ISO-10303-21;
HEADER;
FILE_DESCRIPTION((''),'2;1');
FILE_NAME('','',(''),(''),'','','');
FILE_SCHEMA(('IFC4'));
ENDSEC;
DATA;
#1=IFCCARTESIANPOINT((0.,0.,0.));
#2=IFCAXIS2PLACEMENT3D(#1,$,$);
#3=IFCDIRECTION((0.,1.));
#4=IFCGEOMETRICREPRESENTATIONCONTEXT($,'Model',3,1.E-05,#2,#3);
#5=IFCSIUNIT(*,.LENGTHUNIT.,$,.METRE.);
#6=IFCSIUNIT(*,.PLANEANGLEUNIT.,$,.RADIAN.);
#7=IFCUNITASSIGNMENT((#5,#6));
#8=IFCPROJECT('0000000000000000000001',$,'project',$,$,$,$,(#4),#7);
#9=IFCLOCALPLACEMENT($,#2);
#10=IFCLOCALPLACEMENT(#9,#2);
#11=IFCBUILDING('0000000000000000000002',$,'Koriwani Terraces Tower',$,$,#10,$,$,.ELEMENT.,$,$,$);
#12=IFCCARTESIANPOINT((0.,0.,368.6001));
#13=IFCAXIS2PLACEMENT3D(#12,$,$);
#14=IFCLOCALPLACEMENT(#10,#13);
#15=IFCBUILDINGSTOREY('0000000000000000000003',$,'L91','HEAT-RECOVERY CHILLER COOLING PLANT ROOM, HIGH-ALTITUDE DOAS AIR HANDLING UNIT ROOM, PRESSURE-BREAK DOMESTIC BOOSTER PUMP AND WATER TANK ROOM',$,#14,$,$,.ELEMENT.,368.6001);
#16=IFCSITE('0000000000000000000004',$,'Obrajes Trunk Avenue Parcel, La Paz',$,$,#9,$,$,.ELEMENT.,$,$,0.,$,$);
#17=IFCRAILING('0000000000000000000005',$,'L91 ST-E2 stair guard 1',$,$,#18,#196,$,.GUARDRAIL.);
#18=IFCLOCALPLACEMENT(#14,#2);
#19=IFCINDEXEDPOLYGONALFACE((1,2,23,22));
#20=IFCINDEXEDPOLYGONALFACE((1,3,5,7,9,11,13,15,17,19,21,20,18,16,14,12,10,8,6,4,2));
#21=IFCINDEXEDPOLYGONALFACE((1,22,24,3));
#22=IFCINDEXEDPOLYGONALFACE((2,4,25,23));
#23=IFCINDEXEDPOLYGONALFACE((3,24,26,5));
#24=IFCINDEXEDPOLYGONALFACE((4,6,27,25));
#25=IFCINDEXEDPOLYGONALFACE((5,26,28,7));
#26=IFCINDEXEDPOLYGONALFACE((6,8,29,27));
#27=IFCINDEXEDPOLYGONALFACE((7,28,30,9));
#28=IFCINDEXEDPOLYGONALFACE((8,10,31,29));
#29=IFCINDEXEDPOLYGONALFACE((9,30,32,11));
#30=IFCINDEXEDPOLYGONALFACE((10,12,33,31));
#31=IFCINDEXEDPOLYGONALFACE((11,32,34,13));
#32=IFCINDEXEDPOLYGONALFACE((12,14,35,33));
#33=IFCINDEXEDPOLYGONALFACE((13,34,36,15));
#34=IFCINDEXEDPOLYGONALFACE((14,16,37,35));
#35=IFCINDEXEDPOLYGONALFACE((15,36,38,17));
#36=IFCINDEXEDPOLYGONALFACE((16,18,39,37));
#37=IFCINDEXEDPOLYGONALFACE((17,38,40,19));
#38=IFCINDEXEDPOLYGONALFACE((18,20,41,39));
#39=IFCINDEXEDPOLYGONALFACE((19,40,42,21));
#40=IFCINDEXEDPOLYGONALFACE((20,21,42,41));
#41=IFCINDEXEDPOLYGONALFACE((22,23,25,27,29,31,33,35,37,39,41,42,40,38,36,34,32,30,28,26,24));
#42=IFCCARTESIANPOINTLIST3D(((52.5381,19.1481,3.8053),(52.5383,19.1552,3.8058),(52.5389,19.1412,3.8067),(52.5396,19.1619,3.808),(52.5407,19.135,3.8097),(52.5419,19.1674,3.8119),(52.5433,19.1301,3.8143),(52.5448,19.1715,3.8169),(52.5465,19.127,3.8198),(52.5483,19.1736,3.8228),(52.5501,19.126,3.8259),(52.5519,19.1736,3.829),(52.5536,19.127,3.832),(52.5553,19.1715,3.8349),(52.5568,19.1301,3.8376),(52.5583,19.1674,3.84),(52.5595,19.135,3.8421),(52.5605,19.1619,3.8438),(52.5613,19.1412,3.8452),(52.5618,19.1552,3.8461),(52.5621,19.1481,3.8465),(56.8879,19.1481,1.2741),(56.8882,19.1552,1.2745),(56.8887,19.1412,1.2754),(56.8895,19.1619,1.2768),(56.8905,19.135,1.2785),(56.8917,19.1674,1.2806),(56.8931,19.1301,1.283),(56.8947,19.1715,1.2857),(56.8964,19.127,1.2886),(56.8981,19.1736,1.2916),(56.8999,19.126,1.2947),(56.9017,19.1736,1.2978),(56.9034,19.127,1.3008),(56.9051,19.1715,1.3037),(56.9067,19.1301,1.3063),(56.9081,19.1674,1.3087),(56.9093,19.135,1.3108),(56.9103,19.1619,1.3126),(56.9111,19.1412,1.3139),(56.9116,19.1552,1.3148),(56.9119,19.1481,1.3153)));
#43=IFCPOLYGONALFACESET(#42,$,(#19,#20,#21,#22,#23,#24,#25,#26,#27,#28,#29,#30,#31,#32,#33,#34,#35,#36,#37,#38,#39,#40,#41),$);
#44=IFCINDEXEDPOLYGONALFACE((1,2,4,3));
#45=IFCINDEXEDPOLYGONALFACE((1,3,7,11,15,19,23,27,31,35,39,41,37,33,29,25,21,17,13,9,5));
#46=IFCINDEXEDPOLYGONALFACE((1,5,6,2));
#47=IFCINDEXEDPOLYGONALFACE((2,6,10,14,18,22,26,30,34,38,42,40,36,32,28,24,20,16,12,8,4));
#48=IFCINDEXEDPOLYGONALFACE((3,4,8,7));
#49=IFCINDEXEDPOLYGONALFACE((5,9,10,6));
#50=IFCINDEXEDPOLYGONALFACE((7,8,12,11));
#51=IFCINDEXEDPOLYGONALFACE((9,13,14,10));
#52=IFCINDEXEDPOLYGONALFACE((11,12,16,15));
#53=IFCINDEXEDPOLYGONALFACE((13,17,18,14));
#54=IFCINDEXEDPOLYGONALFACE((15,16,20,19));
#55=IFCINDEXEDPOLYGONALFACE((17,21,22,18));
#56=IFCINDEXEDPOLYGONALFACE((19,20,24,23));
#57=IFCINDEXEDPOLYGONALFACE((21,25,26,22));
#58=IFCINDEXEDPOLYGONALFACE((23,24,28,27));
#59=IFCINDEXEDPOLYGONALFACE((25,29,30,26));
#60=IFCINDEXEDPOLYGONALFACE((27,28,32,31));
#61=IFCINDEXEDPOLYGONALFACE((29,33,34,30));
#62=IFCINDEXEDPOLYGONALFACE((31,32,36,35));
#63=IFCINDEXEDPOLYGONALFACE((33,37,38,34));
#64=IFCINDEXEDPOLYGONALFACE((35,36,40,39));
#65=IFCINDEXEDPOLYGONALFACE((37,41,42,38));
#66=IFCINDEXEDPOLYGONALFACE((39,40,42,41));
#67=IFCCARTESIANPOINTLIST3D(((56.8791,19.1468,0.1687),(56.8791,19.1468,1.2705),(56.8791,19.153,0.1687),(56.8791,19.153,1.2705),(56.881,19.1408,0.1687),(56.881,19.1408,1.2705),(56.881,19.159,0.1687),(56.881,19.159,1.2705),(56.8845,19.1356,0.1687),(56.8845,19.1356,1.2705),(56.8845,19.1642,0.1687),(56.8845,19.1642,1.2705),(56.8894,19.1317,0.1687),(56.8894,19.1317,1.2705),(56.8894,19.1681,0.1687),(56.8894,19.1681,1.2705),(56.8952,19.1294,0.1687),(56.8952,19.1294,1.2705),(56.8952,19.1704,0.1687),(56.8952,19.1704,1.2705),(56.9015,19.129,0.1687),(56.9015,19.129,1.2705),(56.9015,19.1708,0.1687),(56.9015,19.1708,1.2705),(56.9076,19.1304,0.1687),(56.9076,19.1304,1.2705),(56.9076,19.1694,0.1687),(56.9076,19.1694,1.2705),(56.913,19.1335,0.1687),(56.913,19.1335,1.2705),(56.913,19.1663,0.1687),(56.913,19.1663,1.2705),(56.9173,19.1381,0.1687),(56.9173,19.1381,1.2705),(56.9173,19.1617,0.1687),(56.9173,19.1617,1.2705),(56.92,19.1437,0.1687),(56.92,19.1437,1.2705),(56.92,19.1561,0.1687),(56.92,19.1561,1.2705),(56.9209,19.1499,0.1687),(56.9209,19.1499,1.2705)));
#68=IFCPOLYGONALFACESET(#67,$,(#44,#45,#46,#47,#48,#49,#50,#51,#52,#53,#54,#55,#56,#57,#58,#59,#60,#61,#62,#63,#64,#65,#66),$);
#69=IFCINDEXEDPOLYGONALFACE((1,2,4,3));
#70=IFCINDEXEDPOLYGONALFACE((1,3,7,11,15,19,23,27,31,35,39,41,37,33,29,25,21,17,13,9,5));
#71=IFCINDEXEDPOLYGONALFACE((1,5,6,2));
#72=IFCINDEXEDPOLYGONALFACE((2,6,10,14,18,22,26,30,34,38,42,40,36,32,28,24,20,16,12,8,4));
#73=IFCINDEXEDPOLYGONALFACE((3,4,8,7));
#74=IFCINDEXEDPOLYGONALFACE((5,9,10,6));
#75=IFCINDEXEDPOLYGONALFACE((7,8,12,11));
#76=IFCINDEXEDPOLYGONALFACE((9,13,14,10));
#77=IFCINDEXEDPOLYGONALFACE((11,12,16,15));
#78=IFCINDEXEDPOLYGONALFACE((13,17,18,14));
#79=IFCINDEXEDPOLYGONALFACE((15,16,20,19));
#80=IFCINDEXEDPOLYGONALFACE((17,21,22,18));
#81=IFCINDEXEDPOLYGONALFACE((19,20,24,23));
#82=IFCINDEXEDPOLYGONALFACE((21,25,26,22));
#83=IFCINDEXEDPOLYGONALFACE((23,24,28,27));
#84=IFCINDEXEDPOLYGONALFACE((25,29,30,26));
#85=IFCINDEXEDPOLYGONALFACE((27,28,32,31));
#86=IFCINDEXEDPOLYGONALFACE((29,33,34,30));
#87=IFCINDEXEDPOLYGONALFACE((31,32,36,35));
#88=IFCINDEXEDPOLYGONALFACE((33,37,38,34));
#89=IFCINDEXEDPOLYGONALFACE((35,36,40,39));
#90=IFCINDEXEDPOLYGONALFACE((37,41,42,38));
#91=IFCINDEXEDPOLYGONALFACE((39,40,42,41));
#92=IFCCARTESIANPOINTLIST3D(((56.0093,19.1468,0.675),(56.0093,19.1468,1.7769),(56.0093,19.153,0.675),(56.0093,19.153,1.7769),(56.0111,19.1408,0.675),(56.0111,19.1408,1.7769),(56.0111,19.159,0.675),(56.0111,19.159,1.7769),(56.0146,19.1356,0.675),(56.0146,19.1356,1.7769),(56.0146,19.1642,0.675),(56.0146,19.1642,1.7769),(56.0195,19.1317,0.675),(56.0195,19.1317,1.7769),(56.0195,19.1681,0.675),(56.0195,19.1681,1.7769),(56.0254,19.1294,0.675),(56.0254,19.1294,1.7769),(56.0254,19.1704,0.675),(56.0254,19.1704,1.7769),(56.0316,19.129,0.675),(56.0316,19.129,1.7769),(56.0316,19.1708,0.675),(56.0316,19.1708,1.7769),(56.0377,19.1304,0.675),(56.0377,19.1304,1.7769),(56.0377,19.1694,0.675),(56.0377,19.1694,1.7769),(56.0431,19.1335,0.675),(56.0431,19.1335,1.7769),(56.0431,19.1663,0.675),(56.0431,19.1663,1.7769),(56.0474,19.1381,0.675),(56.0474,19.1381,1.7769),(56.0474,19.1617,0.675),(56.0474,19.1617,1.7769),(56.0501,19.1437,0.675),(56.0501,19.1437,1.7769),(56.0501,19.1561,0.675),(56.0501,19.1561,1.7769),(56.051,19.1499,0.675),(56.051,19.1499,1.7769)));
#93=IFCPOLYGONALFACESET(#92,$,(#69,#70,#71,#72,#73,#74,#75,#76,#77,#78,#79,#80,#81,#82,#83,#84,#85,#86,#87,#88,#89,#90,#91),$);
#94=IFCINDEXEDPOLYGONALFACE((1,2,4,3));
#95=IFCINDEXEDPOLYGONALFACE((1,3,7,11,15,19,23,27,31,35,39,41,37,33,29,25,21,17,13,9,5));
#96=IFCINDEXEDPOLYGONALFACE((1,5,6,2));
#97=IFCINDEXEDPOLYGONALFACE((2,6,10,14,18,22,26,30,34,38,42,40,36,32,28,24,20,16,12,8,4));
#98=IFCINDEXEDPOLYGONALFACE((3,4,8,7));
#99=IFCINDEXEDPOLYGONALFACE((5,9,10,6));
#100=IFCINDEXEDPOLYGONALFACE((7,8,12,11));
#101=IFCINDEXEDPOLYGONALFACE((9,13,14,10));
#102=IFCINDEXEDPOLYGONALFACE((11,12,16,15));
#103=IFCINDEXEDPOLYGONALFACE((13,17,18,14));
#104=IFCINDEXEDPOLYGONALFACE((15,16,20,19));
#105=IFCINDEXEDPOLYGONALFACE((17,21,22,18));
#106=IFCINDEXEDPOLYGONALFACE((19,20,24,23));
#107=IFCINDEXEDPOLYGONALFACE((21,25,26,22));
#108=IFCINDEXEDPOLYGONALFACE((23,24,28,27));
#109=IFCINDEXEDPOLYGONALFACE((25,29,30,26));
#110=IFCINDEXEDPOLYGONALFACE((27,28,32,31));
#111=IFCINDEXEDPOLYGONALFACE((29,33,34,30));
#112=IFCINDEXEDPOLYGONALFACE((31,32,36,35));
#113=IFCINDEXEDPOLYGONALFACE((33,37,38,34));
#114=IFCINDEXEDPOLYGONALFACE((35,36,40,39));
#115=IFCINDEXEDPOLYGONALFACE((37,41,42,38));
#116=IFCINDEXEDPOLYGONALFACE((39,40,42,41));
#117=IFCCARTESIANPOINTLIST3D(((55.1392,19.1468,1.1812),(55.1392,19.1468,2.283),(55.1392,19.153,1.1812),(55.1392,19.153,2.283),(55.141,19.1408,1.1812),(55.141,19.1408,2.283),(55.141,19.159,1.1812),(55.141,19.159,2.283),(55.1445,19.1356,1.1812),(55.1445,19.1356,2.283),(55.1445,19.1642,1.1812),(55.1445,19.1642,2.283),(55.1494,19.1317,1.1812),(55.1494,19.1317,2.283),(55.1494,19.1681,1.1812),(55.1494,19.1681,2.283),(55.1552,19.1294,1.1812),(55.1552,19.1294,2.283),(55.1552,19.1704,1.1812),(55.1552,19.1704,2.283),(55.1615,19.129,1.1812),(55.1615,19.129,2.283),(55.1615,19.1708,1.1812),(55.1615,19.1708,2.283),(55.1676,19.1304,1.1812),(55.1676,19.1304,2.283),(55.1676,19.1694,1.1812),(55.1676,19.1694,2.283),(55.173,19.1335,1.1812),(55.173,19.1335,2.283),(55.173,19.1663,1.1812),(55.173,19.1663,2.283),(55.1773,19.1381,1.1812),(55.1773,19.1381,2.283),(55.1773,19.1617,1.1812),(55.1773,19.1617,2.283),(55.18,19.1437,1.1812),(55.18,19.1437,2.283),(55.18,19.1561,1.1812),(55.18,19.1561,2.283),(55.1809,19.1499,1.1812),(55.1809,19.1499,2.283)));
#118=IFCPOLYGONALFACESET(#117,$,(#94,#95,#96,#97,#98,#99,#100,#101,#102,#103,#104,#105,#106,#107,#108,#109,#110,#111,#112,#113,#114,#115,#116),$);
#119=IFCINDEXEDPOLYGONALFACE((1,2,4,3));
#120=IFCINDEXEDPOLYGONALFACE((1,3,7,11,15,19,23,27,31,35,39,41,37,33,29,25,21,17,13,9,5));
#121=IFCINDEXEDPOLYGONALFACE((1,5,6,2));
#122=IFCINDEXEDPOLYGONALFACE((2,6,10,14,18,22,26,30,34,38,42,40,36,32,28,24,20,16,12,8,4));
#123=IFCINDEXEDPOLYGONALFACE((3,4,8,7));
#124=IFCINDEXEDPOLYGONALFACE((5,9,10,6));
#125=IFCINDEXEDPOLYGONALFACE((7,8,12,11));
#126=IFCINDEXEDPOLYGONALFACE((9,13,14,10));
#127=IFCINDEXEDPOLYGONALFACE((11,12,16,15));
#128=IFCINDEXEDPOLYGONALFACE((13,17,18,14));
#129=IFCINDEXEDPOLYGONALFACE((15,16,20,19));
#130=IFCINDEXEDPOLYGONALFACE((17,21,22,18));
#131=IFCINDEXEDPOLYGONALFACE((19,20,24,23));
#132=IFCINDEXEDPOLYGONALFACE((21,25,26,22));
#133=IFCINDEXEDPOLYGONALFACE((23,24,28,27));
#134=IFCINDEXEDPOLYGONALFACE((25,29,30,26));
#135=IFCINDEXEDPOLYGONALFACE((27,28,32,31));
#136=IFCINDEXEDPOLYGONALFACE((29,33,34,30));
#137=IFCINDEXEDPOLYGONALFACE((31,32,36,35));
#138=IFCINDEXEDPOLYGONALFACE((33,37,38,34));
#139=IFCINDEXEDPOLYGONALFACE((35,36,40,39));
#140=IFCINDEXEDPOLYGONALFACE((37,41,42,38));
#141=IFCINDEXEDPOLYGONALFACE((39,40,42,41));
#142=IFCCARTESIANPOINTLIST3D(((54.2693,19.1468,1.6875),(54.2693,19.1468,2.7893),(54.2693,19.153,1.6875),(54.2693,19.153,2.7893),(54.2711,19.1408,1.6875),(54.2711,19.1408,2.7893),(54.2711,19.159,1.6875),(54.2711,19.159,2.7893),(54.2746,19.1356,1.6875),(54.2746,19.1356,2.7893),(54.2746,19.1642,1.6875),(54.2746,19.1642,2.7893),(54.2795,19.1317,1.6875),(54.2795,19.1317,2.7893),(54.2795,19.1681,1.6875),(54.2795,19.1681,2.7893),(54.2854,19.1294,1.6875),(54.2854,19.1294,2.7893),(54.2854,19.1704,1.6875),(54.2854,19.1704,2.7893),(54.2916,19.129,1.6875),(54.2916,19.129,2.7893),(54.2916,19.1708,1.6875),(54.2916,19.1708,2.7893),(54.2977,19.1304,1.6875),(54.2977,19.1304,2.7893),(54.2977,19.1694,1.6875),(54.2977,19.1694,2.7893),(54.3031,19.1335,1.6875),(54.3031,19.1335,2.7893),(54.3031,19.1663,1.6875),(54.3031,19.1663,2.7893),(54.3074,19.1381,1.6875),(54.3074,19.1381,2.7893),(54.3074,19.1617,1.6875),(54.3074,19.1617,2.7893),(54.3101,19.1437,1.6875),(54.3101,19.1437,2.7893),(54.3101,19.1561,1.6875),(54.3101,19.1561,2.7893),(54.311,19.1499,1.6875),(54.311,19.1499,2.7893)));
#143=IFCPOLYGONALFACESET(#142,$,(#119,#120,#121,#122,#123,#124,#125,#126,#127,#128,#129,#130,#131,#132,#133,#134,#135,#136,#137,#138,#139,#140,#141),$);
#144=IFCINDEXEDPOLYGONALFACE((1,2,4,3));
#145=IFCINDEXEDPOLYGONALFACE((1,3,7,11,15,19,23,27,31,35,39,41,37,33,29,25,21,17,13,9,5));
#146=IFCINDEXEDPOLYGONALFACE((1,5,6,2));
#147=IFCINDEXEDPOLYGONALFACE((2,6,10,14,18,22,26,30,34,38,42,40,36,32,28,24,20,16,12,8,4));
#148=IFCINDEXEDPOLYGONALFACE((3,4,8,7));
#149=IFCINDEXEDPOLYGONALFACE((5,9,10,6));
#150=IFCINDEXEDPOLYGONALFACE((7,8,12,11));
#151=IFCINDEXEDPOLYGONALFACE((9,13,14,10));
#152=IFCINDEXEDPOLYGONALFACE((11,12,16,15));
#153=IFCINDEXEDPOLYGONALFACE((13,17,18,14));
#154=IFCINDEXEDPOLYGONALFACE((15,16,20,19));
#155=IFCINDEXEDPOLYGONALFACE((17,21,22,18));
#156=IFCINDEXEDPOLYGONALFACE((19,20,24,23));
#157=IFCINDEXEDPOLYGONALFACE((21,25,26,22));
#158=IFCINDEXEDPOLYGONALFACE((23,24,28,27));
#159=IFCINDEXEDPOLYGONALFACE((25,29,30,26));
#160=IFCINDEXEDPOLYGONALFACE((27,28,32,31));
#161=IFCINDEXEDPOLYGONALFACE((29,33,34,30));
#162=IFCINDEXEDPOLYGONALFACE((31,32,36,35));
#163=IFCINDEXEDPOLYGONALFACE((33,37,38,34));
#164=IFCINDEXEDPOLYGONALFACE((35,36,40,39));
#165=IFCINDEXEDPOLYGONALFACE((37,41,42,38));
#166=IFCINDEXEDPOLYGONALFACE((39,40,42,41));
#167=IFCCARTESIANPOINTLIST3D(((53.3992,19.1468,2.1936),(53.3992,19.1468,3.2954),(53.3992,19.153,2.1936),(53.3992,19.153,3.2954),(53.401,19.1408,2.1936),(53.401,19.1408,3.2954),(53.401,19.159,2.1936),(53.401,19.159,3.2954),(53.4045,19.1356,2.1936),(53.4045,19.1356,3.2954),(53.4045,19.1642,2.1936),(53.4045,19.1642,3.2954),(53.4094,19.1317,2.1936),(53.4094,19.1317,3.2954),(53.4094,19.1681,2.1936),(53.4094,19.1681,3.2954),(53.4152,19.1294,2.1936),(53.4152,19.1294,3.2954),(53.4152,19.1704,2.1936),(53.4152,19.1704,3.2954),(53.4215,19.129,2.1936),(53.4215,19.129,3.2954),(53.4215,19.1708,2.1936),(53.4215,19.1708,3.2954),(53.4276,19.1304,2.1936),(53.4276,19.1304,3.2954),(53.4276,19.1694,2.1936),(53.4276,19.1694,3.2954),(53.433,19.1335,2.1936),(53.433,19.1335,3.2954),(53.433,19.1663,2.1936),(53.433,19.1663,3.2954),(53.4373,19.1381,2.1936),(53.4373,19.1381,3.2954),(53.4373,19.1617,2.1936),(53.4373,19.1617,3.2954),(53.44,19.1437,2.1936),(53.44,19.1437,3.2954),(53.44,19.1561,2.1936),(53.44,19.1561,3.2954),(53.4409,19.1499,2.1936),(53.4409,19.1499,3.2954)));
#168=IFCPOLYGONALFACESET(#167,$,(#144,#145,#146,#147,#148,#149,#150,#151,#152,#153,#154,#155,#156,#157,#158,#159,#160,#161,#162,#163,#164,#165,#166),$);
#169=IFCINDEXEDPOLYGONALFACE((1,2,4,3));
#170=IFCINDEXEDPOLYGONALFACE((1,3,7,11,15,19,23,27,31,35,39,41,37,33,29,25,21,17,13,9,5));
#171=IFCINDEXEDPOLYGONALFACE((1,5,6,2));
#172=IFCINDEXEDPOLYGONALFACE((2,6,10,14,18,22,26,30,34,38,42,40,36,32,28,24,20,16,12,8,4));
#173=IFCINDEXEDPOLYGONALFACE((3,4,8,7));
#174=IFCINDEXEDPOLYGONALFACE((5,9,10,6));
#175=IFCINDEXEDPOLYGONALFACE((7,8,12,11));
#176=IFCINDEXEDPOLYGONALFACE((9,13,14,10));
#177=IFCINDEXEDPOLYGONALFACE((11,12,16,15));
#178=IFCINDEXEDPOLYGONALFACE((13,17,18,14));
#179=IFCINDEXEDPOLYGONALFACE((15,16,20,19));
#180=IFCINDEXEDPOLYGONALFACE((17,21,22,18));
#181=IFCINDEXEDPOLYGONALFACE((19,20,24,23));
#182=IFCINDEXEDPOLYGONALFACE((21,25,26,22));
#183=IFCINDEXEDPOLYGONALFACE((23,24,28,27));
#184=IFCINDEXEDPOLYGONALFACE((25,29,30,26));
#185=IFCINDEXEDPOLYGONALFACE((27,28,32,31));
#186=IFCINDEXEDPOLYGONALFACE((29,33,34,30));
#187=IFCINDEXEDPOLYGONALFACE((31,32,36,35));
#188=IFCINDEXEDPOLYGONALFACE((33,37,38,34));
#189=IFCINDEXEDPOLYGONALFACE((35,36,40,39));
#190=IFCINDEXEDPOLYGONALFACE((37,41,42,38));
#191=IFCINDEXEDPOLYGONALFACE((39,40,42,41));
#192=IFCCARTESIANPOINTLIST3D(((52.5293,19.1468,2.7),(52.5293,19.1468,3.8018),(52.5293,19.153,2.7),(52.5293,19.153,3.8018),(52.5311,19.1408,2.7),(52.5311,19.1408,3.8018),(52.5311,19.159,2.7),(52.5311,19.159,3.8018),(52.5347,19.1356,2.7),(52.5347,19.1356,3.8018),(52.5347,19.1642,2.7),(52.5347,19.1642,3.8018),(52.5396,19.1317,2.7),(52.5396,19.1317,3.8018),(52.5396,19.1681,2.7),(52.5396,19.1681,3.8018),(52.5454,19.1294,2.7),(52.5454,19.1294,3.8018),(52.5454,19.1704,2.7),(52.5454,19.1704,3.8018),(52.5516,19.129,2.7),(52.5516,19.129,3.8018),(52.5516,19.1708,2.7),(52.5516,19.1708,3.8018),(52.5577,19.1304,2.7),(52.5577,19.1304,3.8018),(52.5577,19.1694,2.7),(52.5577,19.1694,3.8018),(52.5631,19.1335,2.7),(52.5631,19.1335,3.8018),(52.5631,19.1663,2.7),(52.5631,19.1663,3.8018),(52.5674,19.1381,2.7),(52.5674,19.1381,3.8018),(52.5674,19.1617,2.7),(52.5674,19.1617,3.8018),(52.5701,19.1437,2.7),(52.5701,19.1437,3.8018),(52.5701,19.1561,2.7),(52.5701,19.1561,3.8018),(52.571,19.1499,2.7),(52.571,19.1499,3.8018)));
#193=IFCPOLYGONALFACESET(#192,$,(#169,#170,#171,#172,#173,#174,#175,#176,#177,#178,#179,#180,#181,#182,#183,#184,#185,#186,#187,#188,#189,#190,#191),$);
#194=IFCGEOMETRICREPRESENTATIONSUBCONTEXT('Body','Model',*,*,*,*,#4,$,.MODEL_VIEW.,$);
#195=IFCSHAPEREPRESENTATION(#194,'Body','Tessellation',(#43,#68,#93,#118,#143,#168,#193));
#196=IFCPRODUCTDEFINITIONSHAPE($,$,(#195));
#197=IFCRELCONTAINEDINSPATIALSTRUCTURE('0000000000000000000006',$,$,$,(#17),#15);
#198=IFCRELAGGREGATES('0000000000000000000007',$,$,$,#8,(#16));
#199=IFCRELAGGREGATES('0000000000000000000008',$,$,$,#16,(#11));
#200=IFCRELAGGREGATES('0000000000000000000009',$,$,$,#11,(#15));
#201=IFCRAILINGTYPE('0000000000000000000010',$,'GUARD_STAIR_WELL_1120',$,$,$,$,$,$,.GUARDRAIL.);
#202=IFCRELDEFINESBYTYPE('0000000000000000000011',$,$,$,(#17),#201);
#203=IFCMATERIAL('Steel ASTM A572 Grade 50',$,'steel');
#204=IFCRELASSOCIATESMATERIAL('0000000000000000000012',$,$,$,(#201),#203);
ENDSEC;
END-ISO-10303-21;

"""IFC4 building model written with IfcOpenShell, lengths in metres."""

from ifc_helpers import new_model, si_unit, direction, frame, origin, origin_2d, place, context, subcontext, project, spatial, circle, extrude, material, type_object, element, save


model = new_model("IFC4")

# Units and contexts
model_context = context("Model", 3, precision=1e-05, world=origin(), true_north=direction((0.0, 1.0)))
body_context = subcontext(model_context, "Body", "Model", "MODEL_VIEW")
ifc_project = project(units=[si_unit("LENGTHUNIT", "METRE"), si_unit("PLANEANGLEUNIT", "RADIAN")], contexts=[model_context])

# Site, building, storey
site_placement = place(None, origin())
site = spatial("IfcSite", under=ifc_project, at=site_placement, Name="Obrajes Trunk Avenue Parcel, La Paz", CompositionType="ELEMENT", RefElevation=0.0)
building_placement = place(site_placement, origin())
building = spatial("IfcBuilding", under=site, at=building_placement, Name="Koriwani Terraces Tower", CompositionType="ELEMENT")
storey_placement = place(building_placement, frame((0.0, 0.0, 368.6001)))
storey = spatial("IfcBuildingStorey", under=building, at=storey_placement, Name="L91", Description="HEAT-RECOVERY CHILLER COOLING PLANT ROOM, HIGH-ALTITUDE DOAS AIR HANDLING UNIT ROOM, PRESSURE-BREAK DOMESTIC BOOSTER PUMP AND WATER TANK ROOM", CompositionType="ELEMENT", Elevation=368.6001)

# Shared definitions
ifc_material_1 = material(Name="Steel ASTM A572 Grade 50", Category="steel")

# Railing
railing_type_1 = type_object("IfcRailingType", Name="GUARD_STAIR_WELL_1120", PredefinedType="GUARDRAIL", material=ifc_material_1)
railing_1_placement = place(storey_placement, frame((56.8999, 19.1499, 0.1687)))
element("IfcRailing", 1, at=railing_1_placement, inside=storey, type_object=railing_type_1, Name="L91 ST-E2 stair guard 1", PredefinedType="GUARDRAIL", context=body_context, shape_type="SweptSolid", body=[
    extrude(circle(Radius=0.0239, at=origin_2d()), frame((0.0, 0.0, 1.126), z_axis=(-0.864312, 0.0, 0.502957), x_axis=(0.0, -1.0, 0.0)), (0.0, 0.0, 1.0), 5.0327),
    extrude(circle(Radius=0.021, at=origin_2d()), origin(), (0.0, 0.0, 1.0), 1.1018),
    extrude(circle(Radius=0.021, at=origin_2d()), frame((-0.8699, 0.0, 0.5063)), (0.0, 0.0, 1.0), 1.1018),
    extrude(circle(Radius=0.021, at=origin_2d()), frame((-1.74, 0.0, 1.0125)), (0.0, 0.0, 1.0), 1.1018),
    extrude(circle(Radius=0.021, at=origin_2d()), frame((-2.6099, 0.0, 1.5188)), (0.0, 0.0, 1.0), 1.1018),
    extrude(circle(Radius=0.021, at=origin_2d()), frame((-3.48, 0.0, 2.0249)), (0.0, 0.0, 1.0), 1.1018),
    extrude(circle(Radius=0.021, at=origin_2d()), frame((-4.3499, 0.0, 2.5312)), (0.0, 0.0, 1.0), 1.1018),
])

save(model, "model.ifc")
